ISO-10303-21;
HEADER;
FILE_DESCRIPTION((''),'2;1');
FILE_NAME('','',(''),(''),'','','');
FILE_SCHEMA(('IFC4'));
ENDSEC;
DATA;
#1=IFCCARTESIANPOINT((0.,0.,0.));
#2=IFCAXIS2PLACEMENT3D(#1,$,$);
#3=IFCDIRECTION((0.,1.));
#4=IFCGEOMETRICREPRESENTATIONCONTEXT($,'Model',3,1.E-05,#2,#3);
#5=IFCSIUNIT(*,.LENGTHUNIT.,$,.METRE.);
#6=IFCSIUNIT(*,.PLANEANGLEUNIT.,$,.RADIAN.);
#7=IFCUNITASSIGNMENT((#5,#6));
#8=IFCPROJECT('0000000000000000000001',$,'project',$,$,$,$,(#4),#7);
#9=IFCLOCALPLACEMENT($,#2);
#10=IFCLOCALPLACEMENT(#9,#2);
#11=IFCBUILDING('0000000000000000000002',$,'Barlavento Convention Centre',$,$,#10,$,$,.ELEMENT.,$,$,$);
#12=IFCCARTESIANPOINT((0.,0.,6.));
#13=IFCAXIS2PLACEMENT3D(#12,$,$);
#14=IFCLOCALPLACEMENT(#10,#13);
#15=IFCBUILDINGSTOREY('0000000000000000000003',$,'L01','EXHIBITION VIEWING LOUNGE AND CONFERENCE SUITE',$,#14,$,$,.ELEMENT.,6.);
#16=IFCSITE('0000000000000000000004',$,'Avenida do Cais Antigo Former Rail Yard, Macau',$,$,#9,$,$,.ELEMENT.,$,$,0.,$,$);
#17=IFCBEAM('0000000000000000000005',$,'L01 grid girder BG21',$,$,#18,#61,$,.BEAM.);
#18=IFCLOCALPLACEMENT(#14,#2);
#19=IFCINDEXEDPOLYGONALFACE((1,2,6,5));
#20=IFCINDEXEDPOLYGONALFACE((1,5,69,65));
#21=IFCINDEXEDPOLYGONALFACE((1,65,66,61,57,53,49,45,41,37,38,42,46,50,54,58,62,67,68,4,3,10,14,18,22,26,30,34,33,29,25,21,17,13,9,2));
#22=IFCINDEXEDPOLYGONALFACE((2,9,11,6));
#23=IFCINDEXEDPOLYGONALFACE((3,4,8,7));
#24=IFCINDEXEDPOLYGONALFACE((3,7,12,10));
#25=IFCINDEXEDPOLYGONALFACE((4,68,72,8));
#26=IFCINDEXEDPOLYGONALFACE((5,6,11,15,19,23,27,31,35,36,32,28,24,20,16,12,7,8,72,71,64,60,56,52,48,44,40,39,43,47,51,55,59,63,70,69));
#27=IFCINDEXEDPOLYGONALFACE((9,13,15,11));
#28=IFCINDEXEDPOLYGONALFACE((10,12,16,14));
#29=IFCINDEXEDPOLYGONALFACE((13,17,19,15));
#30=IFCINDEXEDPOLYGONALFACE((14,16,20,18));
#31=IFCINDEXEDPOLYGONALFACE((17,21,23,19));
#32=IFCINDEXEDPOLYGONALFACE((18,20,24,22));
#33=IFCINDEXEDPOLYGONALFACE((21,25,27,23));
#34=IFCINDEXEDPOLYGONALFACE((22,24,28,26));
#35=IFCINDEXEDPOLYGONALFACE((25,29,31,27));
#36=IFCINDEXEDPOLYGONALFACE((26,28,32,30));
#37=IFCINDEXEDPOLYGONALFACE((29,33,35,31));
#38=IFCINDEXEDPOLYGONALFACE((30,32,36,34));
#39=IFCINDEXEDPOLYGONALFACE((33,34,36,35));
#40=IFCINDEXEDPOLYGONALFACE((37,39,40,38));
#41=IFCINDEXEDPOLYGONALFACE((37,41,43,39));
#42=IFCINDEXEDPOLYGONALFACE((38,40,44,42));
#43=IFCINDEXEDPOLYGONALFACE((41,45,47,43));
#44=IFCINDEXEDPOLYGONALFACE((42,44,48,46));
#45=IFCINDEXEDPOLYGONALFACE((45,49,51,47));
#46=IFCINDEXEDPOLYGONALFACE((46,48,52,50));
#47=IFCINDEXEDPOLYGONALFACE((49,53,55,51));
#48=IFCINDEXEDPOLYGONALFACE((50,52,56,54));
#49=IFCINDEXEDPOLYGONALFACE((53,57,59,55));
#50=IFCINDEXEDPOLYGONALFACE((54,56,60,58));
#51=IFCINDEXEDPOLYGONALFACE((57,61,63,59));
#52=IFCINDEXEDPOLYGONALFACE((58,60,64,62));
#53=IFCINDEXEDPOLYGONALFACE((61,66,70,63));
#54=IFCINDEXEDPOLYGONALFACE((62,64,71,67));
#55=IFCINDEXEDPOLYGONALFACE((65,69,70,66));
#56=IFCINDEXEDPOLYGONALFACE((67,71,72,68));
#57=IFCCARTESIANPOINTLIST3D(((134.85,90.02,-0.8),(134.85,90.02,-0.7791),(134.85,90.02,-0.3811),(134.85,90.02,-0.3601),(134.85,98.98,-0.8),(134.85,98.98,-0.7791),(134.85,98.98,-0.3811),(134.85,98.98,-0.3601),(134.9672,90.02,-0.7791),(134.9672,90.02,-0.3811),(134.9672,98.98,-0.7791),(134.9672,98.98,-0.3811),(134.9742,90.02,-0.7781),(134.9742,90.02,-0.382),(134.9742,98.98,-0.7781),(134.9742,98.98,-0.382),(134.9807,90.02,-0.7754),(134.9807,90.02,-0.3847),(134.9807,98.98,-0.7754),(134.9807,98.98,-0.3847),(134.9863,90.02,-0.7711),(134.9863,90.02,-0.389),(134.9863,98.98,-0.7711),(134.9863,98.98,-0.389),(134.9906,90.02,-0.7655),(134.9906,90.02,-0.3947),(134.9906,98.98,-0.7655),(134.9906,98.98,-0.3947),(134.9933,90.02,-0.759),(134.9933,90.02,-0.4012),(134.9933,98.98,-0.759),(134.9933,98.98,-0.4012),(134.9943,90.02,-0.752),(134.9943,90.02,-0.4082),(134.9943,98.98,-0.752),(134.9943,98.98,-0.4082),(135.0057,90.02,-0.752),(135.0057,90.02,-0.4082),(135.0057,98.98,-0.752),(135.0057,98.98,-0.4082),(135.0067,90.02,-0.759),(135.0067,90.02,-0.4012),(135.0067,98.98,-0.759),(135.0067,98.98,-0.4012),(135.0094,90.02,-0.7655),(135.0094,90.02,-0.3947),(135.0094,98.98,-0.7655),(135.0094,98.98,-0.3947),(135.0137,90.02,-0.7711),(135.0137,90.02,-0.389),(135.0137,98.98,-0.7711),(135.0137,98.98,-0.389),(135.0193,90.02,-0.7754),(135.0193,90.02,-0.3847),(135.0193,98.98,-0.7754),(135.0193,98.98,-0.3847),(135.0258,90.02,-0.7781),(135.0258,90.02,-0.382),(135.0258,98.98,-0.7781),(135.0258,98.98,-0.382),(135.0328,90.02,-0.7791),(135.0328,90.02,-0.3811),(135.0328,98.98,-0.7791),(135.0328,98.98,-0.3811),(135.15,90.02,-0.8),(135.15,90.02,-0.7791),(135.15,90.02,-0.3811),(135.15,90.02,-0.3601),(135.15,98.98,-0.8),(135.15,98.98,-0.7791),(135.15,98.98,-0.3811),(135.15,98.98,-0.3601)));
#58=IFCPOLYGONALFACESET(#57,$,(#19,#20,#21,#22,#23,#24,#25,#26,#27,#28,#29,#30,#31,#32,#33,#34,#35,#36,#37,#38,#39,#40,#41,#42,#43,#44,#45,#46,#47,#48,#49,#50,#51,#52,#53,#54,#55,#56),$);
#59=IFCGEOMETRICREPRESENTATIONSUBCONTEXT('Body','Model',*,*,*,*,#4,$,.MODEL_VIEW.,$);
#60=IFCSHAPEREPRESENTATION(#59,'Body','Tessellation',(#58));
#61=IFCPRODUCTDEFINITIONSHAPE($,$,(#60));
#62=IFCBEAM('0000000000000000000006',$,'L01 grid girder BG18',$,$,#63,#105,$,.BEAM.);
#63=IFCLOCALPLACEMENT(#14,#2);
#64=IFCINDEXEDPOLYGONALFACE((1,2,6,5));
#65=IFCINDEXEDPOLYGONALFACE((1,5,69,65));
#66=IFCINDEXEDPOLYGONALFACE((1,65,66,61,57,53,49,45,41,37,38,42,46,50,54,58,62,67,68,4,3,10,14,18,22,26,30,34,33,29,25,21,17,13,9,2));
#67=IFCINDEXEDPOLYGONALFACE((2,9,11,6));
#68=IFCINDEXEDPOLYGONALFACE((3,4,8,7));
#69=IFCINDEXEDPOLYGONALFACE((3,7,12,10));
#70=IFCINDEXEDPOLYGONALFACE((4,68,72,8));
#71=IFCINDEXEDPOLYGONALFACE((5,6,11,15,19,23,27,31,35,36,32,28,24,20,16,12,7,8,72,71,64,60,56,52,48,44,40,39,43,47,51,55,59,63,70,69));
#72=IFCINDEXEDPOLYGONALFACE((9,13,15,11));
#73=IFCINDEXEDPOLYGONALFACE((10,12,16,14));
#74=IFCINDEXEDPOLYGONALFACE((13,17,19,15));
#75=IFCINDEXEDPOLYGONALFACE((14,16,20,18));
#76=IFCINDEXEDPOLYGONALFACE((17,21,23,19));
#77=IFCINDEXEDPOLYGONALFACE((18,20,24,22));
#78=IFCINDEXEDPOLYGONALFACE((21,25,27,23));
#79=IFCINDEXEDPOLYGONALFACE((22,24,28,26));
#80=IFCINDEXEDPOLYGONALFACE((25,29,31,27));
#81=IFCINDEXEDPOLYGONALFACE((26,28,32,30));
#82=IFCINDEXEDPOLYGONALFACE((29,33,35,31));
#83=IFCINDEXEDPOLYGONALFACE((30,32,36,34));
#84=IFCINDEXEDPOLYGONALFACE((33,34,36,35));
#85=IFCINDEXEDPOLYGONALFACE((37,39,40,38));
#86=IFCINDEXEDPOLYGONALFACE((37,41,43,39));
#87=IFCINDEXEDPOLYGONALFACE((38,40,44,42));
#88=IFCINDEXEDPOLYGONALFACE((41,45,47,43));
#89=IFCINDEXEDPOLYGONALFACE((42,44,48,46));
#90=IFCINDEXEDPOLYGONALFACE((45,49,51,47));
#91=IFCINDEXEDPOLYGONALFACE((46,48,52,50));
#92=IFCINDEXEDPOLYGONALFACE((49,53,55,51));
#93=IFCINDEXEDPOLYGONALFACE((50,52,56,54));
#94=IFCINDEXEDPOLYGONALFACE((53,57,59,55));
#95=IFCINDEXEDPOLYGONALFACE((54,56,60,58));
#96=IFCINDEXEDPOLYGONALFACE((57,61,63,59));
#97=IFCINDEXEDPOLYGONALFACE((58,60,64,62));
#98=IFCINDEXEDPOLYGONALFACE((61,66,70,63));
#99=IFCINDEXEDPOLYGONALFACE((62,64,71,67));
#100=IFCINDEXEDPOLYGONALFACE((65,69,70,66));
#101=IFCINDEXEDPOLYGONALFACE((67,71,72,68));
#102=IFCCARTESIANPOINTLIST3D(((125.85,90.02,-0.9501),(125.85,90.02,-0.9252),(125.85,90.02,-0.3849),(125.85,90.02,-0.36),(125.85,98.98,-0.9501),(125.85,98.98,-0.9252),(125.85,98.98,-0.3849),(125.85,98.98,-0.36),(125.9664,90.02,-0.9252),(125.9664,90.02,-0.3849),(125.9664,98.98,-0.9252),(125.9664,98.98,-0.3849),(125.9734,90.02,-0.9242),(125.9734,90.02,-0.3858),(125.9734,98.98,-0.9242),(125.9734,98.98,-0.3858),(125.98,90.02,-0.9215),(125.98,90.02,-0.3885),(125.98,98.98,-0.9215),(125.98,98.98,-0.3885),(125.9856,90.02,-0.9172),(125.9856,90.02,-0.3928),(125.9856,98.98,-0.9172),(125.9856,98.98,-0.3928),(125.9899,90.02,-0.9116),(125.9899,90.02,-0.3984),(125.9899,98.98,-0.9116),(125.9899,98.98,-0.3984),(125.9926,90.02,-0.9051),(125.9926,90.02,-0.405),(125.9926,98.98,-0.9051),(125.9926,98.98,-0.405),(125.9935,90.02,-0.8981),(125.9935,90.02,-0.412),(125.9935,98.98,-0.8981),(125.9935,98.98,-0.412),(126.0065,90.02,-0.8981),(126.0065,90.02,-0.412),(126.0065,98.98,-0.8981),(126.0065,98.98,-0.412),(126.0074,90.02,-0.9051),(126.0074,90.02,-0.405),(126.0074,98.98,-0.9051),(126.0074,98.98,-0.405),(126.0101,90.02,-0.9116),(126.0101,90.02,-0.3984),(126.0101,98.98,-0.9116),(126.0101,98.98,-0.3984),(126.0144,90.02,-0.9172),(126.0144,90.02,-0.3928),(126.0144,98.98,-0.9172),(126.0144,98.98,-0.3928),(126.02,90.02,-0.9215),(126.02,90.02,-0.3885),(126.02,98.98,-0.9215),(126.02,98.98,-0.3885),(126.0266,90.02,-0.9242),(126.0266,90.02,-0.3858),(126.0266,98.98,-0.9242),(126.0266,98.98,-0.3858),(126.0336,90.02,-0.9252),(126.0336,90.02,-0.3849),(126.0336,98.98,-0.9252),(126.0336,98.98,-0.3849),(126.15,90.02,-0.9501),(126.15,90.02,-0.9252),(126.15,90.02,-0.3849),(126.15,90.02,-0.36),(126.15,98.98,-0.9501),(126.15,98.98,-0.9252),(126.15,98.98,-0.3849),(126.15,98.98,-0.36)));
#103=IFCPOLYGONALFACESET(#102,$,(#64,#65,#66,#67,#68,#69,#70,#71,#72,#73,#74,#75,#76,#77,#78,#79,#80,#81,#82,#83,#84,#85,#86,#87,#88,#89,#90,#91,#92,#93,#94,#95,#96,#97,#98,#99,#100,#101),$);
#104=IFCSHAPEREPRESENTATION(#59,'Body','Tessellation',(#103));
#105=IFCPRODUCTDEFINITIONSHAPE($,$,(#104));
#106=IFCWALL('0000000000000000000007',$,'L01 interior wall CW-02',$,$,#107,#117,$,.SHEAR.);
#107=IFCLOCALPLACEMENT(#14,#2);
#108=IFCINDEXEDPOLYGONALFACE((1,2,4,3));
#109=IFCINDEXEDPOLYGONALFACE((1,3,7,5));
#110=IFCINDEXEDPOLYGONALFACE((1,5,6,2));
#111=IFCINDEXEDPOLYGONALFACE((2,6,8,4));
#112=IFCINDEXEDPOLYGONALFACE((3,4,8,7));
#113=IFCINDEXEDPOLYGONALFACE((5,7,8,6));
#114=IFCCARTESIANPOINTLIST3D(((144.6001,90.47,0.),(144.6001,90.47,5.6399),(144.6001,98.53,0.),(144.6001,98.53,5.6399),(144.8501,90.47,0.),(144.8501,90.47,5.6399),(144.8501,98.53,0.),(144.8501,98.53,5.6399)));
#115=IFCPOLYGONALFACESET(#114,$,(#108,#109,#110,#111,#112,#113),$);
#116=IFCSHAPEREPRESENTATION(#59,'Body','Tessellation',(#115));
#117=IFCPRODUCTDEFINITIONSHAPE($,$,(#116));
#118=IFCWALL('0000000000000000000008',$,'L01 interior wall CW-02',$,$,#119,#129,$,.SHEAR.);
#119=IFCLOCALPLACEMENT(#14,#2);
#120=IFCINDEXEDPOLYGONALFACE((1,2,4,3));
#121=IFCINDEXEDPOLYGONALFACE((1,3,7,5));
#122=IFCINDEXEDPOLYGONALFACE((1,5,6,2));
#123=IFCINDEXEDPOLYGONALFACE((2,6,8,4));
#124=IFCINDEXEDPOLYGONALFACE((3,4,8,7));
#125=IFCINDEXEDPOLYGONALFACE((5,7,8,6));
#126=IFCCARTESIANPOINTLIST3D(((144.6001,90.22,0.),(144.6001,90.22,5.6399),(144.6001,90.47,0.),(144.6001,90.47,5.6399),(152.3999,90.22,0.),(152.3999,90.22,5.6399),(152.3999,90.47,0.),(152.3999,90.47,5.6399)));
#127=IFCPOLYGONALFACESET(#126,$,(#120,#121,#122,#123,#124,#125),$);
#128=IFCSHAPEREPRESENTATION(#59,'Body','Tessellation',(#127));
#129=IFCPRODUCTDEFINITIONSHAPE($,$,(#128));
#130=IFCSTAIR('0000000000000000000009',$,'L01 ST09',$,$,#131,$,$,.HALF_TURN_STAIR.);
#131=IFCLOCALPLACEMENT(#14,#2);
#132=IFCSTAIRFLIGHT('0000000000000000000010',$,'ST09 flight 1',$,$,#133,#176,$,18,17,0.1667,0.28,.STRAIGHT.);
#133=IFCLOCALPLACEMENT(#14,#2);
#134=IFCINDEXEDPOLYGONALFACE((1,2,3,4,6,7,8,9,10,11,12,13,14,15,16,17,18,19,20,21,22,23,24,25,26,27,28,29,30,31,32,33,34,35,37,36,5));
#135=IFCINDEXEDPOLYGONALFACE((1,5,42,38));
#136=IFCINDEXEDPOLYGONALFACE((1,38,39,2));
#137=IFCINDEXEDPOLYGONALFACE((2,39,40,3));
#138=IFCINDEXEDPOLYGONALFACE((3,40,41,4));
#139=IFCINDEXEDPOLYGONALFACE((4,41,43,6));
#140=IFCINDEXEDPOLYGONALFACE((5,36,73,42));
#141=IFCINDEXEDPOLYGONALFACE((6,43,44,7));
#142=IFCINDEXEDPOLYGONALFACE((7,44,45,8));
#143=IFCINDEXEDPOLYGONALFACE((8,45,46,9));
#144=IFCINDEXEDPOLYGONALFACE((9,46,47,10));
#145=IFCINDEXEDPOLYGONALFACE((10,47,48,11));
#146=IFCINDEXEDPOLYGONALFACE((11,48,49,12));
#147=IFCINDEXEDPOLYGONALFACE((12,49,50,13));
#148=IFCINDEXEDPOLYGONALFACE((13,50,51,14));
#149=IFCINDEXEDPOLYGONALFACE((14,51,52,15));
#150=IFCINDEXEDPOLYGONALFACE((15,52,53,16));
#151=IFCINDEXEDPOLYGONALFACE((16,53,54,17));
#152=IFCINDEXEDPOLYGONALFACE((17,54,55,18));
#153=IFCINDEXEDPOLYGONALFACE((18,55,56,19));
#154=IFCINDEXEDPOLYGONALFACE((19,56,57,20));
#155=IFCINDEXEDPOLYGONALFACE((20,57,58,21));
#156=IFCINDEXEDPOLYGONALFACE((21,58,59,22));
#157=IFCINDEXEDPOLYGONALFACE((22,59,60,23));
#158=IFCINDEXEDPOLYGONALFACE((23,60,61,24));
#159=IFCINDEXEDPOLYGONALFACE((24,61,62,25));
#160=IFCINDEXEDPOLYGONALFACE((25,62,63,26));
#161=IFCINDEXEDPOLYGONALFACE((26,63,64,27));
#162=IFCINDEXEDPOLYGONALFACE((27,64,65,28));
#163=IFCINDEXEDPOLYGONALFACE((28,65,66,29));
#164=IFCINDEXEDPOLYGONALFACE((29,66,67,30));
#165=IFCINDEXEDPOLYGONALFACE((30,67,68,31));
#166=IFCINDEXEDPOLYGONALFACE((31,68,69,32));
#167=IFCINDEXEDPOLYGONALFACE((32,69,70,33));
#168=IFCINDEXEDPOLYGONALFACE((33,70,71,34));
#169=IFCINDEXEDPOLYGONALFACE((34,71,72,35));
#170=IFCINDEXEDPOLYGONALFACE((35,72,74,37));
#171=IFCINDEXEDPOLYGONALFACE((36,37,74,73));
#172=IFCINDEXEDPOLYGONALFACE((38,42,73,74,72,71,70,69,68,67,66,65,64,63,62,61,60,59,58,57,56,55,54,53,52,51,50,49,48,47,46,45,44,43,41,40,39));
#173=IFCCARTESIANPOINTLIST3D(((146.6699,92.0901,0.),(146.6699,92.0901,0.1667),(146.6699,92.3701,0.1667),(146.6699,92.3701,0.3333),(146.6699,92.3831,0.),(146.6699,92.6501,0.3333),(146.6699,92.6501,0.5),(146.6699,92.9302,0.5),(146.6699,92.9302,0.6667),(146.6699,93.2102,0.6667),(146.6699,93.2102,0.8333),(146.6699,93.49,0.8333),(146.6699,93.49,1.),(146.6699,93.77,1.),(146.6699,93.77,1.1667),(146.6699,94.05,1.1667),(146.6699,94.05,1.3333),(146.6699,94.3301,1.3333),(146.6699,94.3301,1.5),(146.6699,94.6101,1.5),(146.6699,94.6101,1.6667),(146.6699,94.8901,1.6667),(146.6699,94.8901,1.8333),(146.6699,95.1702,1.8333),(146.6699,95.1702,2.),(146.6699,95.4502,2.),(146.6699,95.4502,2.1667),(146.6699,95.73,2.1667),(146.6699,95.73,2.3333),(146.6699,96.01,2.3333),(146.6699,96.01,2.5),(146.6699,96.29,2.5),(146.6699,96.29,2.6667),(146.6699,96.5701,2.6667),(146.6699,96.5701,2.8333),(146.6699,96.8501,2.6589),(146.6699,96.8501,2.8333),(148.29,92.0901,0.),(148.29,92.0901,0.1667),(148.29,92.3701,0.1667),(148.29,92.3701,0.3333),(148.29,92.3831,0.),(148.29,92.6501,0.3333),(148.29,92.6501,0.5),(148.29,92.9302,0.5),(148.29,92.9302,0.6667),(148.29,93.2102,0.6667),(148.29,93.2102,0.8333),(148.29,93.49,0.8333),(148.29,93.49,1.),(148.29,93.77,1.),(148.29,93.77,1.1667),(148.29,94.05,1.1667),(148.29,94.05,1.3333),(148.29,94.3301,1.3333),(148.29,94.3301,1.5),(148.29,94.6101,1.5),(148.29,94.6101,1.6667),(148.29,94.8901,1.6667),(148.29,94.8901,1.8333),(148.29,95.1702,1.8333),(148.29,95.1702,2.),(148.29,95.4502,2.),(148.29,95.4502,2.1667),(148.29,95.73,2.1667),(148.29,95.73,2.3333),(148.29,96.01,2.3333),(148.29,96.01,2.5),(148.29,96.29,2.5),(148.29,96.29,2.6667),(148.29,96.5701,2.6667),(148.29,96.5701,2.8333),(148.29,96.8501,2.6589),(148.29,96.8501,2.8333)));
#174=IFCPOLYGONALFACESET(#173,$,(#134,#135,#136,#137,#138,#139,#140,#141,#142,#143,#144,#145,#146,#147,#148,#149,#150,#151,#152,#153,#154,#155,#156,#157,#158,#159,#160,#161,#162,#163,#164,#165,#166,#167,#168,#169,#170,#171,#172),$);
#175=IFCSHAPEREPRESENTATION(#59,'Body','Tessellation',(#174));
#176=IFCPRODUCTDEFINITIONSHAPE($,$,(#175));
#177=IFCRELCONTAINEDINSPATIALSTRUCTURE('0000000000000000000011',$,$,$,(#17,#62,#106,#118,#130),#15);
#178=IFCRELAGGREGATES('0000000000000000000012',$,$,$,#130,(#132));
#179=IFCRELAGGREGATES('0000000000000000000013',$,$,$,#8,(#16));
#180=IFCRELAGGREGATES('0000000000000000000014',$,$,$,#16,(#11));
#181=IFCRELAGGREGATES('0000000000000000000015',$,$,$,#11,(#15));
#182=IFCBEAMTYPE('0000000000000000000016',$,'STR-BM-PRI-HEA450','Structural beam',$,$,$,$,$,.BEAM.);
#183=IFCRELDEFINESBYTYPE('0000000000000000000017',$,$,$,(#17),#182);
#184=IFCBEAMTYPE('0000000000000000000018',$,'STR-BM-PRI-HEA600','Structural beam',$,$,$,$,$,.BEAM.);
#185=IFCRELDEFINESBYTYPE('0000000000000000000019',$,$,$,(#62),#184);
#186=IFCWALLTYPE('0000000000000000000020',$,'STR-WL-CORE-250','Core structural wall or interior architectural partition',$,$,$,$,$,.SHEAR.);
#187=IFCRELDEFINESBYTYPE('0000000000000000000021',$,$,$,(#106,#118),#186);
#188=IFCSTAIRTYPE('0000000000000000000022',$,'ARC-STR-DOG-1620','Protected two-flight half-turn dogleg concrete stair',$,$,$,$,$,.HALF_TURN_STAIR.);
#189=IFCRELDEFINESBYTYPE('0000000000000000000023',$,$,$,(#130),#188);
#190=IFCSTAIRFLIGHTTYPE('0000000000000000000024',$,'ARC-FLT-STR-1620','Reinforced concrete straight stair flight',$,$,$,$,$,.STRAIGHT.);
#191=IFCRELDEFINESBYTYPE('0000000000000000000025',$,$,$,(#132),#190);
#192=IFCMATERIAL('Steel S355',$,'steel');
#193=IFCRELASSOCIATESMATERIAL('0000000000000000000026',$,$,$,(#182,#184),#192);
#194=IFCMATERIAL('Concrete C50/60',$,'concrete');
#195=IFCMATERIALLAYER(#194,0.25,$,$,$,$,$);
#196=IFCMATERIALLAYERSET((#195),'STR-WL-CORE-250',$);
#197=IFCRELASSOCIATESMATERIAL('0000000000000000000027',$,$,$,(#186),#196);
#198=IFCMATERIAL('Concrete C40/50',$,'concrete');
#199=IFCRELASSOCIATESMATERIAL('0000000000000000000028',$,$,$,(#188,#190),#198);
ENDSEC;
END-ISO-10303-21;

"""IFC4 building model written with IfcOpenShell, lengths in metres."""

from ifc_helpers import new_model, si_unit, direction, frame, frame_2d, origin, origin_2d, place, context, subcontext, project, spatial, polyline, rectangle, i_section, outline, extrude, material, layer, layer_set, material_profile, profile_set, type_object, element, aggregate, save


model = new_model("IFC4")

# Units and contexts
model_context = context("Model", 3, precision=1e-05, world=origin(), true_north=direction((0.0, 1.0)))
body_context = subcontext(model_context, "Body", "Model", "MODEL_VIEW")
ifc_project = project(units=[si_unit("LENGTHUNIT", "METRE"), si_unit("PLANEANGLEUNIT", "RADIAN")], contexts=[model_context])

# Site, building, storey
site_placement = place(None, origin())
site = spatial("IfcSite", under=ifc_project, at=site_placement, Name="Avenida do Cais Antigo Former Rail Yard, Macau", CompositionType="ELEMENT", RefElevation=0.0)
building_placement = place(site_placement, origin())
building = spatial("IfcBuilding", under=site, at=building_placement, Name="Barlavento Convention Centre", CompositionType="ELEMENT")
storey_placement = place(building_placement, frame((0.0, 0.0, 6.0)))
storey = spatial("IfcBuildingStorey", under=building, at=storey_placement, Name="L01", Description="EXHIBITION VIEWING LOUNGE AND CONFERENCE SUITE", CompositionType="ELEMENT", Elevation=6.0)

# Beams
ifc_material_1 = material(Name="Steel S355", Category="steel")
ifc_material_profile_1 = material_profile(ifc_material_1, i_section(OverallWidth=0.3, OverallDepth=0.4399, WebThickness=0.0115, FlangeThickness=0.021, FilletRadius=0.0271, at=origin_2d()), Name="HEA 450")
ifc_profile_set_1 = profile_set([ifc_material_profile_1], Name="Steel S355")
beam_type_1 = type_object("IfcBeamType", Name="STR-BM-PRI-HEA450", Description="Structural beam", PredefinedType="BEAM", material=ifc_profile_set_1)
beam_1_placement = place(storey_placement, frame((135.0, 90.02, -0.5801), z_axis=(0.0, 1.0, 0.0), x_axis=(-1.0, 0.0, 0.0)))
element("IfcBeam", 1, at=beam_1_placement, inside=storey, type_object=beam_type_1, Name="L01 grid girder BG21", PredefinedType="BEAM", context=body_context, shape_type="SweptSolid", body=[
    extrude(i_section(OverallWidth=0.3, OverallDepth=0.4399, WebThickness=0.0115, FlangeThickness=0.021, FilletRadius=0.0271, at=origin_2d()), origin(), (0.0, 0.0, 1.0), 8.96),
])
ifc_material_profile_2 = material_profile(ifc_material_1, i_section(OverallWidth=0.3, OverallDepth=0.5901, WebThickness=0.0129, FlangeThickness=0.0249, FilletRadius=0.0271, at=origin_2d()), Name="HEA 600")
ifc_profile_set_2 = profile_set([ifc_material_profile_2], Name="Steel S355")
beam_type_2 = type_object("IfcBeamType", Name="STR-BM-PRI-HEA600", Description="Structural beam", PredefinedType="BEAM", material=ifc_profile_set_2)
beam_2_placement = place(storey_placement, frame((126.0, 90.02, -0.655), z_axis=(0.0, 1.0, 0.0), x_axis=(-1.0, 0.0, 0.0)))
element("IfcBeam", 2, at=beam_2_placement, inside=storey, type_object=beam_type_2, Name="L01 grid girder BG18", PredefinedType="BEAM", context=body_context, shape_type="SweptSolid", body=[
    extrude(i_section(OverallWidth=0.3, OverallDepth=0.5901, WebThickness=0.0129, FlangeThickness=0.0249, FilletRadius=0.0271, at=origin_2d()), origin(), (0.0, 0.0, 1.0), 8.96),
])

# Walls
ifc_material_2 = material(Name="Concrete C50/60", Category="concrete")
ifc_layer = layer(ifc_material_2, 0.25)
ifc_layer_set = layer_set([ifc_layer], Name="STR-WL-CORE-250")
wall_type = type_object("IfcWallType", Name="STR-WL-CORE-250", Description="Core structural wall or interior architectural partition", PredefinedType="SHEAR", material=ifc_layer_set)
wall_1_placement = place(storey_placement, frame((144.7251, 90.47, 0.0), z_axis=(0.0, 0.0, 1.0), x_axis=(0.0, 1.0, 0.0)))
element("IfcWall", 3, at=wall_1_placement, inside=storey, type_object=wall_type, Name="L01 interior wall CW-02", PredefinedType="SHEAR", context=body_context, shape_type="SweptSolid", body=[
    extrude(rectangle(XDim=8.0601, YDim=0.25, at=frame_2d((4.03, 0.0))), origin(), (0.0, 0.0, 1.0), 5.6399),
])
wall_2_placement = place(storey_placement, frame((144.6001, 90.345, 0.0), z_axis=(0.0, 0.0, 1.0), x_axis=(1.0, 0.0, 0.0)))
element("IfcWall", 4, at=wall_2_placement, inside=storey, type_object=wall_type, Name="L01 interior wall CW-02", PredefinedType="SHEAR", context=body_context, shape_type="SweptSolid", body=[
    extrude(rectangle(XDim=7.7998, YDim=0.25, at=frame_2d((3.8999, 0.0))), origin(), (0.0, 0.0, 1.0), 5.6399),
])

# Stair, stair flight
ifc_material_3 = material(Name="Concrete C40/50", Category="concrete")
stair_type = type_object("IfcStairType", Name="ARC-STR-DOG-1620", Description="Protected two-flight half-turn dogleg concrete stair", PredefinedType="HALF_TURN_STAIR", material=ifc_material_3)
stair_placement = place(storey_placement, origin())
stair = element("IfcStair", 5, at=stair_placement, inside=storey, type_object=stair_type, Name="L01 ST09", PredefinedType="HALF_TURN_STAIR")
stair_flight_type = type_object("IfcStairFlightType", Name="ARC-FLT-STR-1620", Description="Reinforced concrete straight stair flight", PredefinedType="STRAIGHT", material=ifc_material_3)
stair_flight_1_placement = place(storey_placement, frame((147.48, 92.0901, 0.0), z_axis=(0.0, 0.0, 1.0), x_axis=(0.0, 1.0, 0.0)))
stair_flight_1 = element("IfcStairFlight", 6, at=stair_flight_1_placement, type_object=stair_flight_type, Name="ST09 flight 1", NumberOfRisers=18, NumberOfTreads=17, PredefinedType="STRAIGHT", RiserHeight=0.1667, TreadLength=0.28, context=body_context, shape_type="SweptSolid", body=[
    extrude(outline(polyline([(0.0, 0.0), (0.0, 0.1667), (0.28, 0.1667), (0.28, 0.3333), (0.5601, 0.3333), (0.5601, 0.5), (0.8401, 0.5), (0.8401, 0.6667), (1.1201, 0.6667), (1.1201, 0.8333), (1.3999, 0.8333), (1.3999, 1.0), (1.6799, 1.0), (1.6799, 1.1667), (1.96, 1.1667), (1.96, 1.3333), (2.24, 1.3333), (2.24, 1.5), (2.52, 1.5), (2.52, 1.6667), (2.8, 1.6667), (2.8, 1.8333), (3.0801, 1.8333), (3.0801, 2.0), (3.3601, 2.0), (3.3601, 2.1667), (3.6399, 2.1667), (3.6399, 2.3333), (3.9199, 2.3333), (3.9199, 2.5), (4.2, 2.5), (4.2, 2.6667), (4.48, 2.6667), (4.48, 2.8333), (4.76, 2.8333), (4.76, 3.0), (4.76, 2.6589), (0.293, 0.0), (0.0, 0.0)])), frame((0.0, 0.8101, 0.0), z_axis=(0.0, -1.0, 0.0), x_axis=(1.0, 0.0, 0.0)), (0.0, 0.0, 1.0), 1.6201),
])
aggregate(stair, [stair_flight_1])

save(model, "model.ifc")
